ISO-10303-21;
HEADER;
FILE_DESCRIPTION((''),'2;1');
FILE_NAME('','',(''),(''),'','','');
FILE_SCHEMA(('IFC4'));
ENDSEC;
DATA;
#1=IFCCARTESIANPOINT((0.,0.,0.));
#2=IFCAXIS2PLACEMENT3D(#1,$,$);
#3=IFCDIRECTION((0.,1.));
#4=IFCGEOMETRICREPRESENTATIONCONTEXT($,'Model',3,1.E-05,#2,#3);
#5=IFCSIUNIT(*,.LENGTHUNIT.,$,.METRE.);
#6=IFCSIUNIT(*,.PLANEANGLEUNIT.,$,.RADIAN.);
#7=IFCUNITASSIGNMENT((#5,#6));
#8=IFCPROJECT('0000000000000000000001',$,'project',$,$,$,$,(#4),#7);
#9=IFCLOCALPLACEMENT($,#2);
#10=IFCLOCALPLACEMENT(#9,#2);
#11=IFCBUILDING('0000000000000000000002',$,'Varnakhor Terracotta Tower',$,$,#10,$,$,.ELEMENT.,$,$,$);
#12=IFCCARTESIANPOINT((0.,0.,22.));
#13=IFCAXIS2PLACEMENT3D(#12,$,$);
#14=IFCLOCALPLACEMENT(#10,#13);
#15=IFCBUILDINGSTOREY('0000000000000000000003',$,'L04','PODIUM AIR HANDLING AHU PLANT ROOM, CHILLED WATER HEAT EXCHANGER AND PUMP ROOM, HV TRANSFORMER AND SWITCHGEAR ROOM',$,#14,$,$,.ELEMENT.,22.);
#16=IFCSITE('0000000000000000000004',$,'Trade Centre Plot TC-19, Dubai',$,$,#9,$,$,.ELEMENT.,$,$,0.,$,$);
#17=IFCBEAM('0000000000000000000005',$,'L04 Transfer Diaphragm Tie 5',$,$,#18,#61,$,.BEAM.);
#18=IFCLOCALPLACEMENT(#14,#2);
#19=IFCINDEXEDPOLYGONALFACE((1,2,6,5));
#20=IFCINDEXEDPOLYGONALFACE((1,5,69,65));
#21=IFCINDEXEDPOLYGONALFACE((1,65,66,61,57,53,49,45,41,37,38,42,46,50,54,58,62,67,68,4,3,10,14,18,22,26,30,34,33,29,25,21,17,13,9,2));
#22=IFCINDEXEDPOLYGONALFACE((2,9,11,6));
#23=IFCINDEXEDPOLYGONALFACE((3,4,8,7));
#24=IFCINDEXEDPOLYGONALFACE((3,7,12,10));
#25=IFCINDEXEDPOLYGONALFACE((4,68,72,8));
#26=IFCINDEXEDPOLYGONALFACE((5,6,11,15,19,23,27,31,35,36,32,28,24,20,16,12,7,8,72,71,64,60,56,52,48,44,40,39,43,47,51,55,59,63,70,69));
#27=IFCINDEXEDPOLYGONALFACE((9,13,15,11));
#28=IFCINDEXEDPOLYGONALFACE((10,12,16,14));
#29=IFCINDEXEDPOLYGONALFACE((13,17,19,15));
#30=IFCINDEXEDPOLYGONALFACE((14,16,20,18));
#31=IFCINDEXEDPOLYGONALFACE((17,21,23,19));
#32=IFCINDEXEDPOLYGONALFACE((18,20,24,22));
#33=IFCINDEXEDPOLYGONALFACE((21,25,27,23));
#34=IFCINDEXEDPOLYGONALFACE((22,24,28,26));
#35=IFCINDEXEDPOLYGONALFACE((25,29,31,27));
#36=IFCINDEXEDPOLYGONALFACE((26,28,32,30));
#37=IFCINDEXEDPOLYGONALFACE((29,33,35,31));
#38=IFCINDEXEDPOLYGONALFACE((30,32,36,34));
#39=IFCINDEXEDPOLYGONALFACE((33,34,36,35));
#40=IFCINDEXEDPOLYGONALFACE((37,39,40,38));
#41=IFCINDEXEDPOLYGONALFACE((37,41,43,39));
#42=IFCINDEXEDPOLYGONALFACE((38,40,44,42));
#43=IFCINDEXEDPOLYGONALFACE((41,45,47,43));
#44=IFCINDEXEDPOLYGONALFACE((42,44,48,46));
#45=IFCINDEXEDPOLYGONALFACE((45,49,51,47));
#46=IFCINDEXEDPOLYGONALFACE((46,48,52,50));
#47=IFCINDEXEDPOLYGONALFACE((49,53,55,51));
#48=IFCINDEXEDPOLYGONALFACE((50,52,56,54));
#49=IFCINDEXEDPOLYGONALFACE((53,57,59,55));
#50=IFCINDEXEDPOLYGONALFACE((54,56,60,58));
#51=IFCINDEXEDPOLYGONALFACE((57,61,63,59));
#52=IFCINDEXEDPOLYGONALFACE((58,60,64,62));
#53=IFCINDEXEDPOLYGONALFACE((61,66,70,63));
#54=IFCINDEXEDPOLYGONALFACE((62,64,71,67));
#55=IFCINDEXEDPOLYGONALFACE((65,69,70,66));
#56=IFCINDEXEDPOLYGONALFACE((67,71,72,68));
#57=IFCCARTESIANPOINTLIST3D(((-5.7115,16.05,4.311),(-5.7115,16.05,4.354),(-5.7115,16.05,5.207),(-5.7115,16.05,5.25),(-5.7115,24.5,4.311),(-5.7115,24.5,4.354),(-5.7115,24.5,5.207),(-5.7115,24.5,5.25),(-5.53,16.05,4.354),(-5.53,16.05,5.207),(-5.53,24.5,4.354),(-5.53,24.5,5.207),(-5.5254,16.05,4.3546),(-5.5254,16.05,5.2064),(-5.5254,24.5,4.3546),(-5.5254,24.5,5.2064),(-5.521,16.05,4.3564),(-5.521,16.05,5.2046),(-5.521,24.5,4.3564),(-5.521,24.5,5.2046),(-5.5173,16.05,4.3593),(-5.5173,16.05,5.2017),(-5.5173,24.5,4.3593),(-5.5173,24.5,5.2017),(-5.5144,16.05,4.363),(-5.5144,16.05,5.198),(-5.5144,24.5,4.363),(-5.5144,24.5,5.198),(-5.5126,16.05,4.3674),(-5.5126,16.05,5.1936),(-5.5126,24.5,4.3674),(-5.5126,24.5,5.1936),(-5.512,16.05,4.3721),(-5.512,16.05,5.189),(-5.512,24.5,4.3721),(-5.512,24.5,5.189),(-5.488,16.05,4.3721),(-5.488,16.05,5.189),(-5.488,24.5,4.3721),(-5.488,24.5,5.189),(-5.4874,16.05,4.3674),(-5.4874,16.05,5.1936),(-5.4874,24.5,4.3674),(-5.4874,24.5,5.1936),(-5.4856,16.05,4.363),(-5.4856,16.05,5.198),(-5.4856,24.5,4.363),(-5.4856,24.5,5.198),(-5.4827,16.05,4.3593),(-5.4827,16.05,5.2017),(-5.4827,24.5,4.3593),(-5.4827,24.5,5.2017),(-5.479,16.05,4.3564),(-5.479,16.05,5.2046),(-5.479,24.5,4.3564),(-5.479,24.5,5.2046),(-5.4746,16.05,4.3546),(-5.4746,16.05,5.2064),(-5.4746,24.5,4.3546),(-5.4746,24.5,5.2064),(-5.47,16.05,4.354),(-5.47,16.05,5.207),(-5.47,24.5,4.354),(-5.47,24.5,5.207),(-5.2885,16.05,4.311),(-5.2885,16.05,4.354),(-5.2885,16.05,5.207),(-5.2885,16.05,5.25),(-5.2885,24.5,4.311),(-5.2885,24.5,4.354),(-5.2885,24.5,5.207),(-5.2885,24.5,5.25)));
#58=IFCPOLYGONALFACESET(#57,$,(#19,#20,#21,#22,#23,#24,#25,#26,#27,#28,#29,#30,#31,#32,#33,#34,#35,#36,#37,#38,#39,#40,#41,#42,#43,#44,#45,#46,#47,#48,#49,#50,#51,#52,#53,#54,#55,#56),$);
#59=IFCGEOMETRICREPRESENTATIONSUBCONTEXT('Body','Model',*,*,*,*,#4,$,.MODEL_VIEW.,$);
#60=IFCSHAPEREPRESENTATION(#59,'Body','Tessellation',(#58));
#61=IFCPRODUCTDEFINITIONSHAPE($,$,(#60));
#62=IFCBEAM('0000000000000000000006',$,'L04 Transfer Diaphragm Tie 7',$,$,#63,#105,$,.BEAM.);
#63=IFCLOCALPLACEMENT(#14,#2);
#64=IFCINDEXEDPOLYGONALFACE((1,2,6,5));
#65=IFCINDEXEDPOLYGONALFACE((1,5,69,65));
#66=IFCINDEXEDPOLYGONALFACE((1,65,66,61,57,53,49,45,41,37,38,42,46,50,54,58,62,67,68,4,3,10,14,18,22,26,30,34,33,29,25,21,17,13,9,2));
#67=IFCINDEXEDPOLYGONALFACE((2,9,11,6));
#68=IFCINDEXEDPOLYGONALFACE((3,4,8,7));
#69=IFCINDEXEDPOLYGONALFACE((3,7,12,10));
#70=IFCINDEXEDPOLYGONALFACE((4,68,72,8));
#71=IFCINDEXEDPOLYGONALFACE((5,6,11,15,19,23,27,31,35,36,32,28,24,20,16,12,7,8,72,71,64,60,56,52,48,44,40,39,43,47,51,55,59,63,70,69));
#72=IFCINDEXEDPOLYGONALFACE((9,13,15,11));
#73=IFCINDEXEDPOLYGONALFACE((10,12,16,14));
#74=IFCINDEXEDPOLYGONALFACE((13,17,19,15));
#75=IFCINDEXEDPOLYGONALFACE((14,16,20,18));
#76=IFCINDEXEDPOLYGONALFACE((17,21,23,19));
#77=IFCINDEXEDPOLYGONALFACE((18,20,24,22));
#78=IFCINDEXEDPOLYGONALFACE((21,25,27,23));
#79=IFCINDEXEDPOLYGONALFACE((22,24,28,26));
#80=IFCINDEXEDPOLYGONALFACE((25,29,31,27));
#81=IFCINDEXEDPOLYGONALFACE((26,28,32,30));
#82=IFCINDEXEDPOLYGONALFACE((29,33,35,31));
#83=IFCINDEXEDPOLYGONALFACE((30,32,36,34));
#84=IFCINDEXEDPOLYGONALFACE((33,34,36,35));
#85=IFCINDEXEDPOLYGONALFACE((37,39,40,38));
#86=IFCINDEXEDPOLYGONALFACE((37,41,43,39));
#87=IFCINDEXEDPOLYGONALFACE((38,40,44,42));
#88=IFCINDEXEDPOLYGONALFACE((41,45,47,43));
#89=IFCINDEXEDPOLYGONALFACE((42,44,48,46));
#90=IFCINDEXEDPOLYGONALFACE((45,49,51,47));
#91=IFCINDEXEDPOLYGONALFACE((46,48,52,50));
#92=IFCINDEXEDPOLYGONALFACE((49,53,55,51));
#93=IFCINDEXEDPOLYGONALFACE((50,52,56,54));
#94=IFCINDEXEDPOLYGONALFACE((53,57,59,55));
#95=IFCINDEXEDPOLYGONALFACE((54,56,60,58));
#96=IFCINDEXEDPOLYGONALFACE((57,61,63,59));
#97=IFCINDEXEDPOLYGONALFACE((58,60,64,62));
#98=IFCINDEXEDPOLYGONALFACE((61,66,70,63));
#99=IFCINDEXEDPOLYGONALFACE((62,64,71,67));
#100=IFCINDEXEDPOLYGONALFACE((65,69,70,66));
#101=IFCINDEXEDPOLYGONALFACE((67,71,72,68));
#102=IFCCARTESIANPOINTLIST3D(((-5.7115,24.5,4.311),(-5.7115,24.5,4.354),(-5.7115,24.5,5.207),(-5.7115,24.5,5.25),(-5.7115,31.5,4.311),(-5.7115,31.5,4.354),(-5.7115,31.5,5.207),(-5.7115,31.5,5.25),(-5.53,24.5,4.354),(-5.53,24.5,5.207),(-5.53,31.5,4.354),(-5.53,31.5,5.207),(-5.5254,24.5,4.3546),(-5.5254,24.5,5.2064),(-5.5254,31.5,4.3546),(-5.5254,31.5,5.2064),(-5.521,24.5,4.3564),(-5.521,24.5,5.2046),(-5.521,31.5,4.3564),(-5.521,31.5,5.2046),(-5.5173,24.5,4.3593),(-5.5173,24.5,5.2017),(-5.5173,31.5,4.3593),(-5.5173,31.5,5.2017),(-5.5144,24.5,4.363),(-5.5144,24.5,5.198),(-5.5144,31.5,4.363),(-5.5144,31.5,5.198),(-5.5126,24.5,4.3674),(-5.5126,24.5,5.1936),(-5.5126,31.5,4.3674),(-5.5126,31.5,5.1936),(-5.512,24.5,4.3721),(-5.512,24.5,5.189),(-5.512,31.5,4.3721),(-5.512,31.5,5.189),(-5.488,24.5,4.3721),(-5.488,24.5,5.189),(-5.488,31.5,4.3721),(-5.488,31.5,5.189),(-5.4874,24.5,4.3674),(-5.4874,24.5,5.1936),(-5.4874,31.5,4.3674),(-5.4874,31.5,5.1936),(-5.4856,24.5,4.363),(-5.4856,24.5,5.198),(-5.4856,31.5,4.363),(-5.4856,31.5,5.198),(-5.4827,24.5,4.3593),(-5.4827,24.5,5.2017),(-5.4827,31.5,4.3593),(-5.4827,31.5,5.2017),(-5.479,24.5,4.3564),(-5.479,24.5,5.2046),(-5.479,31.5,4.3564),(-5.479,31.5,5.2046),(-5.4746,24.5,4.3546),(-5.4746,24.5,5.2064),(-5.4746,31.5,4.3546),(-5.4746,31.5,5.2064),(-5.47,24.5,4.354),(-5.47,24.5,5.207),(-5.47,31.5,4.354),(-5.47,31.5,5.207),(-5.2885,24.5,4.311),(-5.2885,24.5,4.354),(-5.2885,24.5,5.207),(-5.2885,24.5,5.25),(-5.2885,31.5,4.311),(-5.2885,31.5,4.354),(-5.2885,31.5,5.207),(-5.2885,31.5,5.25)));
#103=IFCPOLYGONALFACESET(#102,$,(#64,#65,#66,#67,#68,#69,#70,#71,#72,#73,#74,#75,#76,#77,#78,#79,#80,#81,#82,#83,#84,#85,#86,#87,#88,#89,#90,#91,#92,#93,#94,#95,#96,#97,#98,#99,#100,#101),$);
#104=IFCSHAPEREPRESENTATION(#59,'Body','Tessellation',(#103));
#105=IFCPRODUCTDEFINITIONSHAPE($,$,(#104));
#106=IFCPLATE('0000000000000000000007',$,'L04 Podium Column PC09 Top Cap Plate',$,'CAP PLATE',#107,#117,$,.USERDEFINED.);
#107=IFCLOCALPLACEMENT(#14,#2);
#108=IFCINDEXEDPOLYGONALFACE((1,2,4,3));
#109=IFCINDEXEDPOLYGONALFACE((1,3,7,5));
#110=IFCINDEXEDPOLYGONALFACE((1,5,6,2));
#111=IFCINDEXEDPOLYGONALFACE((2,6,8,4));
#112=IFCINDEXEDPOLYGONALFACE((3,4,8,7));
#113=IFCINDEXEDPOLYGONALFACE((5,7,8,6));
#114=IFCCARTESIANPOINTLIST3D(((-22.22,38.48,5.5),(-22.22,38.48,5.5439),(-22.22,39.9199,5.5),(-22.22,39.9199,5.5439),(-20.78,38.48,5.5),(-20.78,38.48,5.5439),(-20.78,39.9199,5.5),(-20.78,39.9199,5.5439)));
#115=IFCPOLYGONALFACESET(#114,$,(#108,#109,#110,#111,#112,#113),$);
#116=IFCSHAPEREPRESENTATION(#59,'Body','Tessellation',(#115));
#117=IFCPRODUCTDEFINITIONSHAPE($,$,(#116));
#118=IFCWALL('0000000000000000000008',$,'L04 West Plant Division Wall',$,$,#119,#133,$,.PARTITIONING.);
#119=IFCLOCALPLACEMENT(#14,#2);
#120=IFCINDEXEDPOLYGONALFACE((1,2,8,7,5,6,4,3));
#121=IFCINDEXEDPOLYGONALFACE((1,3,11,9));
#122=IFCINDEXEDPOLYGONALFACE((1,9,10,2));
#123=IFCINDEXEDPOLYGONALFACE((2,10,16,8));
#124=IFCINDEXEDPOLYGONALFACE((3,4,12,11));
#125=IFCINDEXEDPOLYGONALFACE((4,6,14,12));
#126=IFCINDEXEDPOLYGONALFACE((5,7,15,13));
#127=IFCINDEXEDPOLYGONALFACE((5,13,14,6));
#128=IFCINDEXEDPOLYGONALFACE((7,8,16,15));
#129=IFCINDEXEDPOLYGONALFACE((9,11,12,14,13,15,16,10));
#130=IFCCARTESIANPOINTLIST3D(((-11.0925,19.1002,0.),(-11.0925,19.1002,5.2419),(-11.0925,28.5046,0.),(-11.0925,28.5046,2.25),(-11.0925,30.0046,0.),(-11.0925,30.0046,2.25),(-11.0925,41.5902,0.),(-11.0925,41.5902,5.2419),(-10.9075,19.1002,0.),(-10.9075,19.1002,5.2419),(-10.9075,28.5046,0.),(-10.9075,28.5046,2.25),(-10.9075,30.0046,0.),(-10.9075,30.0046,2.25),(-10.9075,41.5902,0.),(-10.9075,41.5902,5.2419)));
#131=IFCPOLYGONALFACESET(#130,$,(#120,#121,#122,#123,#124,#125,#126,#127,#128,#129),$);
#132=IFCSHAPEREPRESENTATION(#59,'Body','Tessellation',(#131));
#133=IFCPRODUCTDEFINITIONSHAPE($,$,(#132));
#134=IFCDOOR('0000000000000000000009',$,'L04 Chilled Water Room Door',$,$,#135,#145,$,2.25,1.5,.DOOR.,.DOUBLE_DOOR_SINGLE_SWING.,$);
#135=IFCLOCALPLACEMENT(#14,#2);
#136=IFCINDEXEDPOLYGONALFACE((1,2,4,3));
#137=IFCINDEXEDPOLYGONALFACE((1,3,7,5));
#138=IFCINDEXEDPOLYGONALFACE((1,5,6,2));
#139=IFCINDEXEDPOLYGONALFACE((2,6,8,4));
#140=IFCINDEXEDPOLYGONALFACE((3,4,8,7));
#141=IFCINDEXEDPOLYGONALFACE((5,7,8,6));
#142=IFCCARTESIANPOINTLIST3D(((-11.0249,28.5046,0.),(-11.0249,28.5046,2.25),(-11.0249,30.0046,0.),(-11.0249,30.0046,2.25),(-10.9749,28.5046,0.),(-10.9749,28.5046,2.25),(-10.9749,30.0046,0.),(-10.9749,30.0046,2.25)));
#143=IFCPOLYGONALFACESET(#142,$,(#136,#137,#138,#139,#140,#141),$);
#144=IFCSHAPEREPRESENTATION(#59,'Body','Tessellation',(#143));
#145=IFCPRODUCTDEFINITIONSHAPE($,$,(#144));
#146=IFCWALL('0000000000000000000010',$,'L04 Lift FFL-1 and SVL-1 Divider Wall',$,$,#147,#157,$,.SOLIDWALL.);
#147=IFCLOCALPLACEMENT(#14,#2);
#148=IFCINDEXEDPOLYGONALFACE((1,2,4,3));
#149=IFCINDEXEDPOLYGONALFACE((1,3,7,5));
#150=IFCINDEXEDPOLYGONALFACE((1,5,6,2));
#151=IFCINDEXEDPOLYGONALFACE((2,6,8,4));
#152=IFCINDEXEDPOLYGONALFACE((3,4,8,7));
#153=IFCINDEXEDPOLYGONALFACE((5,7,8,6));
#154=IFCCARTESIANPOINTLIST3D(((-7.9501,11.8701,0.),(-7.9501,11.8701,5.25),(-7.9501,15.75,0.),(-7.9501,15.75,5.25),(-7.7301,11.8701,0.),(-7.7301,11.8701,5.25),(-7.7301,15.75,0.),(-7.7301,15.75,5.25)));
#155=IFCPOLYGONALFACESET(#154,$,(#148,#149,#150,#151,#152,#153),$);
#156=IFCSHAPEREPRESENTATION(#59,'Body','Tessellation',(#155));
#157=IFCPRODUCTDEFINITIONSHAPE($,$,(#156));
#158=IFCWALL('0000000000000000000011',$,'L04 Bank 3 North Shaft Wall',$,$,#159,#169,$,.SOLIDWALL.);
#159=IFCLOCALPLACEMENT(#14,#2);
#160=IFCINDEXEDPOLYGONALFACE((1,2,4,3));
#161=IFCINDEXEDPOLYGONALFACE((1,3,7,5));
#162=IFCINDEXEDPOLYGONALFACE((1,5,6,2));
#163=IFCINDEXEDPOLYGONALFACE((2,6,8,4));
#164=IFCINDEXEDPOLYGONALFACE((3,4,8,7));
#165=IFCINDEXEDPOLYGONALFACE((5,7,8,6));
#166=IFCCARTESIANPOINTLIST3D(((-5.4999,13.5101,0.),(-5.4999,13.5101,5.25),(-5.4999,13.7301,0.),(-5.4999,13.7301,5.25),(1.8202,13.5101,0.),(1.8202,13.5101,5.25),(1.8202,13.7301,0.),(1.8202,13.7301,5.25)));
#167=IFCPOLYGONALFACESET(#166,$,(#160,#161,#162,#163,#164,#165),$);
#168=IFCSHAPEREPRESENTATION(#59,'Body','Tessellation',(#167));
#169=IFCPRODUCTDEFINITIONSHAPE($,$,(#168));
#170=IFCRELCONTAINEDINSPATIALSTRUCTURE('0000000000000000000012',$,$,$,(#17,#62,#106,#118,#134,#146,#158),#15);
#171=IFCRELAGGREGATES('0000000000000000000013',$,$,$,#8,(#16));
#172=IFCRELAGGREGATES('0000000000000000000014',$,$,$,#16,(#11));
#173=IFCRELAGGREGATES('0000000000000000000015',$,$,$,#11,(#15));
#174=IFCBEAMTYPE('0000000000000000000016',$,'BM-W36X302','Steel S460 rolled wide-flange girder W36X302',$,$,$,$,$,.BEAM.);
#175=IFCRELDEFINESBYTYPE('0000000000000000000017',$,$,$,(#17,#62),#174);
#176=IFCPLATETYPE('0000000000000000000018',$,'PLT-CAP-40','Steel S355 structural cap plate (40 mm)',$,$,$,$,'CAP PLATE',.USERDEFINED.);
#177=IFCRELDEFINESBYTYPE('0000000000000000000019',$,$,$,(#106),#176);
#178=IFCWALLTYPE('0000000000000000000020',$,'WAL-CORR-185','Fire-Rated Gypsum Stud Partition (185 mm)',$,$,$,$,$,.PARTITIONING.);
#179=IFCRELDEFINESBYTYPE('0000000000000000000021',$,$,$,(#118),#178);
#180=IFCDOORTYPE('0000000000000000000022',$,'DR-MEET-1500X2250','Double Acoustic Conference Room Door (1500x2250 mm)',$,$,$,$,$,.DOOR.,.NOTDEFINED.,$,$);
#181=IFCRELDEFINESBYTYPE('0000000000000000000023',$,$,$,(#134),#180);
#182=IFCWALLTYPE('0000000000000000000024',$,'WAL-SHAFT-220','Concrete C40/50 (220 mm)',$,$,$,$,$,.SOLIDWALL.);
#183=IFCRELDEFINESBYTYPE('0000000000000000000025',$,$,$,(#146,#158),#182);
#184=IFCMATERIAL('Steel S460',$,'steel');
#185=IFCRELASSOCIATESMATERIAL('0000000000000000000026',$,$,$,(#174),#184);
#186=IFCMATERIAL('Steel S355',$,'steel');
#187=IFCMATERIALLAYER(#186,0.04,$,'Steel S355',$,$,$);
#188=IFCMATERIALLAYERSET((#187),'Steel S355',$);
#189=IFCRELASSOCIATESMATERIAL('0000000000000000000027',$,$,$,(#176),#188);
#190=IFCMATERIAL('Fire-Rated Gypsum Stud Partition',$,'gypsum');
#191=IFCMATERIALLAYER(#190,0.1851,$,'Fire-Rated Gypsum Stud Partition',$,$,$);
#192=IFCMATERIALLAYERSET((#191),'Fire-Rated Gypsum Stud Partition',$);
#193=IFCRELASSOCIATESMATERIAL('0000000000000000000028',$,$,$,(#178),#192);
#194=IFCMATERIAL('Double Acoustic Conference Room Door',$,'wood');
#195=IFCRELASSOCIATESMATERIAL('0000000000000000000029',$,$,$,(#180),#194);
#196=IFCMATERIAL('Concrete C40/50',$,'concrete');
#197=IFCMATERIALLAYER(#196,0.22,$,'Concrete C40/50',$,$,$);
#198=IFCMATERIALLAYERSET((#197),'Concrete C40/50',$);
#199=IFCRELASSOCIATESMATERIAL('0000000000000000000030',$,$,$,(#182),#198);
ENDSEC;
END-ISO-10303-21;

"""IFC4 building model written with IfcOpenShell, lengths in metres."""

from ifc_helpers import new_model, si_unit, direction, frame, frame_2d, origin, origin_2d, place, context, subcontext, project, spatial, rectangle, i_section, extrude, source, transform, mapped, material, layer, layer_set, material_profile, profile_set, type_object, type_shapes, element, fill, save


model = new_model("IFC4")

# Units and contexts
model_context = context("Model", 3, precision=1e-05, world=origin(), true_north=direction((0.0, 1.0)))
body_context = subcontext(model_context, "Body", "Model", "MODEL_VIEW")
ifc_project = project(units=[si_unit("LENGTHUNIT", "METRE"), si_unit("PLANEANGLEUNIT", "RADIAN")], contexts=[model_context])

# Site, building, storey
site_placement = place(None, origin())
site = spatial("IfcSite", under=ifc_project, at=site_placement, Name="Trade Centre Plot TC-19, Dubai", CompositionType="ELEMENT", RefElevation=0.0)
building_placement = place(site_placement, origin())
building = spatial("IfcBuilding", under=site, at=building_placement, Name="Varnakhor Terracotta Tower", CompositionType="ELEMENT")
storey_placement = place(building_placement, frame((0.0, 0.0, 22.0)))
storey = spatial("IfcBuildingStorey", under=building, at=storey_placement, Name="L04", Description="PODIUM AIR HANDLING AHU PLANT ROOM, CHILLED WATER HEAT EXCHANGER AND PUMP ROOM, HV TRANSFORMER AND SWITCHGEAR ROOM", CompositionType="ELEMENT", Elevation=22.0)

# Shared definitions
ifc_material_1 = material(Name="Steel S460", Category="steel")

# Beams
ifc_material_profile_1 = material_profile(ifc_material_1, i_section(OverallWidth=0.4231, OverallDepth=0.939, WebThickness=0.0239, FlangeThickness=0.043, FilletRadius=0.0181, at=origin_2d()), Name="W36X302")
ifc_profile_set_1 = profile_set([ifc_material_profile_1], Name="Steel S460")
beam_type = type_object("IfcBeamType", Name="BM-W36X302", Description="Steel S460 rolled wide-flange girder W36X302", PredefinedType="BEAM", material=ifc_profile_set_1)
shared_shape_1 = source(origin(), body_context, "Body", "SweptSolid", [
    extrude(i_section(OverallWidth=0.4231, OverallDepth=0.939, WebThickness=0.0239, FlangeThickness=0.043, FilletRadius=0.0181, at=origin_2d()), origin(), (0.0, 0.0, 1.0), 8.45),
])
beam_1_placement = place(storey_placement, frame((-5.5, 16.05, 4.7805), z_axis=(0.0, 1.0, 0.0), x_axis=(-1.0, 0.0, 0.0)))
element("IfcBeam", 1, at=beam_1_placement, inside=storey, type_object=beam_type, Name="L04 Transfer Diaphragm Tie 5", PredefinedType="BEAM", context=body_context, shape_type="MappedRepresentation", body=[
    mapped(shared_shape_1, transform((0.0, 0.0, 0.0), scale=1.0)),
])
shared_shape_2 = source(origin(), body_context, "Body", "SweptSolid", [
    extrude(i_section(OverallWidth=0.4231, OverallDepth=0.939, WebThickness=0.0239, FlangeThickness=0.043, FilletRadius=0.0181, at=origin_2d()), origin(), (0.0, 0.0, 1.0), 7.0),
])
beam_2_placement = place(storey_placement, frame((-5.5, 24.5, 4.7805), z_axis=(0.0, 1.0, 0.0), x_axis=(-1.0, 0.0, 0.0)))
element("IfcBeam", 2, at=beam_2_placement, inside=storey, type_object=beam_type, Name="L04 Transfer Diaphragm Tie 7", PredefinedType="BEAM", context=body_context, shape_type="MappedRepresentation", body=[
    mapped(shared_shape_2, transform((0.0, 0.0, 0.0), scale=1.0)),
])

# Plate
ifc_material_2 = material(Name="Steel S355", Category="steel")
ifc_layer_1 = layer(ifc_material_2, 0.04, Name="Steel S355")
ifc_layer_set_1 = layer_set([ifc_layer_1], Name="Steel S355")
plate_type = type_object("IfcPlateType", Name="PLT-CAP-40", Description="Steel S355 structural cap plate (40 mm)", ElementType="CAP PLATE", PredefinedType="USERDEFINED", material=ifc_layer_set_1)
shared_shape_3 = source(origin(), body_context, "Body", "SweptSolid", [
    extrude(rectangle(XDim=1.4399, YDim=1.4399, at=origin_2d()), origin(), (0.0, 0.0, 1.0), 0.0439),
])
type_shapes(plate_type, [shared_shape_3])
plate_placement = place(storey_placement, frame((-21.5, 39.2, 5.5), z_axis=(0.0, 0.0, 1.0), x_axis=(1.0, 0.0, 0.0)))
element("IfcPlate", 3, at=plate_placement, inside=storey, type_object=plate_type, Name="L04 Podium Column PC09 Top Cap Plate", ObjectType="CAP PLATE", PredefinedType="USERDEFINED", context=body_context, shape_type="MappedRepresentation", body=[
    mapped(shared_shape_3, transform((0.0, 0.0, 0.0), scale=1.0)),
])

# Wall, opening, door
ifc_material_3 = material(Name="Fire-Rated Gypsum Stud Partition", Category="gypsum")
ifc_layer_2 = layer(ifc_material_3, 0.1851, Name="Fire-Rated Gypsum Stud Partition")
ifc_layer_set_2 = layer_set([ifc_layer_2], Name="Fire-Rated Gypsum Stud Partition")
wall_type_1 = type_object("IfcWallType", Name="WAL-CORR-185", Description="Fire-Rated Gypsum Stud Partition (185 mm)", PredefinedType="PARTITIONING", material=ifc_layer_set_2)
wall_1_placement = place(storey_placement, frame((-11.0, 19.1001, 0.0), z_axis=(0.0, 0.0, 1.0), x_axis=(0.0, 1.0, 0.0)))
wall_1 = element("IfcWall", 4, at=wall_1_placement, inside=storey, type_object=wall_type_1, Name="L04 West Plant Division Wall", PredefinedType="PARTITIONING", context=body_context, shape_type="SweptSolid", body=[
    extrude(rectangle(XDim=22.49, YDim=0.1851, at=frame_2d((11.2451, 0.0))), origin(), (0.0, 0.0, 1.0), 5.2419),
])
opening_1_placement = place(wall_1_placement, frame((9.4045, 0.0, 0.0)))
opening_1 = element("IfcOpeningElement", 5, at=opening_1_placement, cuts=wall_1, PredefinedType="OPENING", context=body_context, shape_type="SweptSolid", body=[
    extrude(rectangle(XDim=1.5, YDim=2.25, at=frame_2d((0.75, 1.125))), frame((0.0, 0.1025, 0.0), z_axis=(0.0, -1.0, 0.0), x_axis=(1.0, 0.0, 0.0)), (0.0, 0.0, 1.0), 0.2051),
])
ifc_material_4 = material(Name="Double Acoustic Conference Room Door", Category="wood")
door_type_1 = type_object("IfcDoorType", Name="DR-MEET-1500X2250", Description="Double Acoustic Conference Room Door (1500x2250 mm)", OperationType="NOTDEFINED", PredefinedType="DOOR", material=ifc_material_4)
shared_shape_4 = source(origin(), body_context, "Body", "SweptSolid", [
    extrude(rectangle(XDim=1.5, YDim=2.25, at=frame_2d((0.75, 1.125))), frame((0.0, 0.0249, 0.0), z_axis=(0.0, -1.0, 0.0), x_axis=(1.0, 0.0, 0.0)), (0.0, 0.0, 1.0), 0.05),
])
type_shapes(door_type_1, [shared_shape_4])
door_1_placement = place(opening_1_placement, origin())
door_1 = element("IfcDoor", 6, at=door_1_placement, inside=storey, type_object=door_type_1, Name="L04 Chilled Water Room Door", OperationType="DOUBLE_DOOR_SINGLE_SWING", OverallHeight=2.25, OverallWidth=1.5, PredefinedType="DOOR", context=body_context, shape_type="MappedRepresentation", body=[
    mapped(shared_shape_4, transform((0.0, 0.0, 0.0), scale=1.0)),
])
fill(opening_1, door_1)

# Walls
ifc_material_5 = material(Name="Concrete C40/50", Category="concrete")
ifc_layer_3 = layer(ifc_material_5, 0.22, Name="Concrete C40/50")
ifc_layer_set_3 = layer_set([ifc_layer_3], Name="Concrete C40/50")
wall_type_2 = type_object("IfcWallType", Name="WAL-SHAFT-220", Description="Concrete C40/50 (220 mm)", PredefinedType="SOLIDWALL", material=ifc_layer_set_3)
wall_2_placement = place(storey_placement, frame((-7.8401, 11.8701, 0.0), z_axis=(0.0, 0.0, 1.0), x_axis=(0.0, 1.0, 0.0)))
element("IfcWall", 7, at=wall_2_placement, inside=storey, type_object=wall_type_2, Name="L04 Lift FFL-1 and SVL-1 Divider Wall", PredefinedType="SOLIDWALL", context=body_context, shape_type="SweptSolid", body=[
    extrude(rectangle(XDim=3.8799, YDim=0.22, at=frame_2d((1.9399, 0.0))), origin(), (0.0, 0.0, 1.0), 5.25),
])
wall_3_placement = place(storey_placement, frame((-5.5, 13.6201, 0.0), z_axis=(0.0, 0.0, 1.0), x_axis=(1.0, 0.0, 0.0)))
element("IfcWall", 8, at=wall_3_placement, inside=storey, type_object=wall_type_2, Name="L04 Bank 3 North Shaft Wall", PredefinedType="SOLIDWALL", context=body_context, shape_type="SweptSolid", body=[
    extrude(rectangle(XDim=7.3201, YDim=0.22, at=frame_2d((3.6602, 0.0))), origin(), (0.0, 0.0, 1.0), 5.25),
])

save(model, "model.ifc")
